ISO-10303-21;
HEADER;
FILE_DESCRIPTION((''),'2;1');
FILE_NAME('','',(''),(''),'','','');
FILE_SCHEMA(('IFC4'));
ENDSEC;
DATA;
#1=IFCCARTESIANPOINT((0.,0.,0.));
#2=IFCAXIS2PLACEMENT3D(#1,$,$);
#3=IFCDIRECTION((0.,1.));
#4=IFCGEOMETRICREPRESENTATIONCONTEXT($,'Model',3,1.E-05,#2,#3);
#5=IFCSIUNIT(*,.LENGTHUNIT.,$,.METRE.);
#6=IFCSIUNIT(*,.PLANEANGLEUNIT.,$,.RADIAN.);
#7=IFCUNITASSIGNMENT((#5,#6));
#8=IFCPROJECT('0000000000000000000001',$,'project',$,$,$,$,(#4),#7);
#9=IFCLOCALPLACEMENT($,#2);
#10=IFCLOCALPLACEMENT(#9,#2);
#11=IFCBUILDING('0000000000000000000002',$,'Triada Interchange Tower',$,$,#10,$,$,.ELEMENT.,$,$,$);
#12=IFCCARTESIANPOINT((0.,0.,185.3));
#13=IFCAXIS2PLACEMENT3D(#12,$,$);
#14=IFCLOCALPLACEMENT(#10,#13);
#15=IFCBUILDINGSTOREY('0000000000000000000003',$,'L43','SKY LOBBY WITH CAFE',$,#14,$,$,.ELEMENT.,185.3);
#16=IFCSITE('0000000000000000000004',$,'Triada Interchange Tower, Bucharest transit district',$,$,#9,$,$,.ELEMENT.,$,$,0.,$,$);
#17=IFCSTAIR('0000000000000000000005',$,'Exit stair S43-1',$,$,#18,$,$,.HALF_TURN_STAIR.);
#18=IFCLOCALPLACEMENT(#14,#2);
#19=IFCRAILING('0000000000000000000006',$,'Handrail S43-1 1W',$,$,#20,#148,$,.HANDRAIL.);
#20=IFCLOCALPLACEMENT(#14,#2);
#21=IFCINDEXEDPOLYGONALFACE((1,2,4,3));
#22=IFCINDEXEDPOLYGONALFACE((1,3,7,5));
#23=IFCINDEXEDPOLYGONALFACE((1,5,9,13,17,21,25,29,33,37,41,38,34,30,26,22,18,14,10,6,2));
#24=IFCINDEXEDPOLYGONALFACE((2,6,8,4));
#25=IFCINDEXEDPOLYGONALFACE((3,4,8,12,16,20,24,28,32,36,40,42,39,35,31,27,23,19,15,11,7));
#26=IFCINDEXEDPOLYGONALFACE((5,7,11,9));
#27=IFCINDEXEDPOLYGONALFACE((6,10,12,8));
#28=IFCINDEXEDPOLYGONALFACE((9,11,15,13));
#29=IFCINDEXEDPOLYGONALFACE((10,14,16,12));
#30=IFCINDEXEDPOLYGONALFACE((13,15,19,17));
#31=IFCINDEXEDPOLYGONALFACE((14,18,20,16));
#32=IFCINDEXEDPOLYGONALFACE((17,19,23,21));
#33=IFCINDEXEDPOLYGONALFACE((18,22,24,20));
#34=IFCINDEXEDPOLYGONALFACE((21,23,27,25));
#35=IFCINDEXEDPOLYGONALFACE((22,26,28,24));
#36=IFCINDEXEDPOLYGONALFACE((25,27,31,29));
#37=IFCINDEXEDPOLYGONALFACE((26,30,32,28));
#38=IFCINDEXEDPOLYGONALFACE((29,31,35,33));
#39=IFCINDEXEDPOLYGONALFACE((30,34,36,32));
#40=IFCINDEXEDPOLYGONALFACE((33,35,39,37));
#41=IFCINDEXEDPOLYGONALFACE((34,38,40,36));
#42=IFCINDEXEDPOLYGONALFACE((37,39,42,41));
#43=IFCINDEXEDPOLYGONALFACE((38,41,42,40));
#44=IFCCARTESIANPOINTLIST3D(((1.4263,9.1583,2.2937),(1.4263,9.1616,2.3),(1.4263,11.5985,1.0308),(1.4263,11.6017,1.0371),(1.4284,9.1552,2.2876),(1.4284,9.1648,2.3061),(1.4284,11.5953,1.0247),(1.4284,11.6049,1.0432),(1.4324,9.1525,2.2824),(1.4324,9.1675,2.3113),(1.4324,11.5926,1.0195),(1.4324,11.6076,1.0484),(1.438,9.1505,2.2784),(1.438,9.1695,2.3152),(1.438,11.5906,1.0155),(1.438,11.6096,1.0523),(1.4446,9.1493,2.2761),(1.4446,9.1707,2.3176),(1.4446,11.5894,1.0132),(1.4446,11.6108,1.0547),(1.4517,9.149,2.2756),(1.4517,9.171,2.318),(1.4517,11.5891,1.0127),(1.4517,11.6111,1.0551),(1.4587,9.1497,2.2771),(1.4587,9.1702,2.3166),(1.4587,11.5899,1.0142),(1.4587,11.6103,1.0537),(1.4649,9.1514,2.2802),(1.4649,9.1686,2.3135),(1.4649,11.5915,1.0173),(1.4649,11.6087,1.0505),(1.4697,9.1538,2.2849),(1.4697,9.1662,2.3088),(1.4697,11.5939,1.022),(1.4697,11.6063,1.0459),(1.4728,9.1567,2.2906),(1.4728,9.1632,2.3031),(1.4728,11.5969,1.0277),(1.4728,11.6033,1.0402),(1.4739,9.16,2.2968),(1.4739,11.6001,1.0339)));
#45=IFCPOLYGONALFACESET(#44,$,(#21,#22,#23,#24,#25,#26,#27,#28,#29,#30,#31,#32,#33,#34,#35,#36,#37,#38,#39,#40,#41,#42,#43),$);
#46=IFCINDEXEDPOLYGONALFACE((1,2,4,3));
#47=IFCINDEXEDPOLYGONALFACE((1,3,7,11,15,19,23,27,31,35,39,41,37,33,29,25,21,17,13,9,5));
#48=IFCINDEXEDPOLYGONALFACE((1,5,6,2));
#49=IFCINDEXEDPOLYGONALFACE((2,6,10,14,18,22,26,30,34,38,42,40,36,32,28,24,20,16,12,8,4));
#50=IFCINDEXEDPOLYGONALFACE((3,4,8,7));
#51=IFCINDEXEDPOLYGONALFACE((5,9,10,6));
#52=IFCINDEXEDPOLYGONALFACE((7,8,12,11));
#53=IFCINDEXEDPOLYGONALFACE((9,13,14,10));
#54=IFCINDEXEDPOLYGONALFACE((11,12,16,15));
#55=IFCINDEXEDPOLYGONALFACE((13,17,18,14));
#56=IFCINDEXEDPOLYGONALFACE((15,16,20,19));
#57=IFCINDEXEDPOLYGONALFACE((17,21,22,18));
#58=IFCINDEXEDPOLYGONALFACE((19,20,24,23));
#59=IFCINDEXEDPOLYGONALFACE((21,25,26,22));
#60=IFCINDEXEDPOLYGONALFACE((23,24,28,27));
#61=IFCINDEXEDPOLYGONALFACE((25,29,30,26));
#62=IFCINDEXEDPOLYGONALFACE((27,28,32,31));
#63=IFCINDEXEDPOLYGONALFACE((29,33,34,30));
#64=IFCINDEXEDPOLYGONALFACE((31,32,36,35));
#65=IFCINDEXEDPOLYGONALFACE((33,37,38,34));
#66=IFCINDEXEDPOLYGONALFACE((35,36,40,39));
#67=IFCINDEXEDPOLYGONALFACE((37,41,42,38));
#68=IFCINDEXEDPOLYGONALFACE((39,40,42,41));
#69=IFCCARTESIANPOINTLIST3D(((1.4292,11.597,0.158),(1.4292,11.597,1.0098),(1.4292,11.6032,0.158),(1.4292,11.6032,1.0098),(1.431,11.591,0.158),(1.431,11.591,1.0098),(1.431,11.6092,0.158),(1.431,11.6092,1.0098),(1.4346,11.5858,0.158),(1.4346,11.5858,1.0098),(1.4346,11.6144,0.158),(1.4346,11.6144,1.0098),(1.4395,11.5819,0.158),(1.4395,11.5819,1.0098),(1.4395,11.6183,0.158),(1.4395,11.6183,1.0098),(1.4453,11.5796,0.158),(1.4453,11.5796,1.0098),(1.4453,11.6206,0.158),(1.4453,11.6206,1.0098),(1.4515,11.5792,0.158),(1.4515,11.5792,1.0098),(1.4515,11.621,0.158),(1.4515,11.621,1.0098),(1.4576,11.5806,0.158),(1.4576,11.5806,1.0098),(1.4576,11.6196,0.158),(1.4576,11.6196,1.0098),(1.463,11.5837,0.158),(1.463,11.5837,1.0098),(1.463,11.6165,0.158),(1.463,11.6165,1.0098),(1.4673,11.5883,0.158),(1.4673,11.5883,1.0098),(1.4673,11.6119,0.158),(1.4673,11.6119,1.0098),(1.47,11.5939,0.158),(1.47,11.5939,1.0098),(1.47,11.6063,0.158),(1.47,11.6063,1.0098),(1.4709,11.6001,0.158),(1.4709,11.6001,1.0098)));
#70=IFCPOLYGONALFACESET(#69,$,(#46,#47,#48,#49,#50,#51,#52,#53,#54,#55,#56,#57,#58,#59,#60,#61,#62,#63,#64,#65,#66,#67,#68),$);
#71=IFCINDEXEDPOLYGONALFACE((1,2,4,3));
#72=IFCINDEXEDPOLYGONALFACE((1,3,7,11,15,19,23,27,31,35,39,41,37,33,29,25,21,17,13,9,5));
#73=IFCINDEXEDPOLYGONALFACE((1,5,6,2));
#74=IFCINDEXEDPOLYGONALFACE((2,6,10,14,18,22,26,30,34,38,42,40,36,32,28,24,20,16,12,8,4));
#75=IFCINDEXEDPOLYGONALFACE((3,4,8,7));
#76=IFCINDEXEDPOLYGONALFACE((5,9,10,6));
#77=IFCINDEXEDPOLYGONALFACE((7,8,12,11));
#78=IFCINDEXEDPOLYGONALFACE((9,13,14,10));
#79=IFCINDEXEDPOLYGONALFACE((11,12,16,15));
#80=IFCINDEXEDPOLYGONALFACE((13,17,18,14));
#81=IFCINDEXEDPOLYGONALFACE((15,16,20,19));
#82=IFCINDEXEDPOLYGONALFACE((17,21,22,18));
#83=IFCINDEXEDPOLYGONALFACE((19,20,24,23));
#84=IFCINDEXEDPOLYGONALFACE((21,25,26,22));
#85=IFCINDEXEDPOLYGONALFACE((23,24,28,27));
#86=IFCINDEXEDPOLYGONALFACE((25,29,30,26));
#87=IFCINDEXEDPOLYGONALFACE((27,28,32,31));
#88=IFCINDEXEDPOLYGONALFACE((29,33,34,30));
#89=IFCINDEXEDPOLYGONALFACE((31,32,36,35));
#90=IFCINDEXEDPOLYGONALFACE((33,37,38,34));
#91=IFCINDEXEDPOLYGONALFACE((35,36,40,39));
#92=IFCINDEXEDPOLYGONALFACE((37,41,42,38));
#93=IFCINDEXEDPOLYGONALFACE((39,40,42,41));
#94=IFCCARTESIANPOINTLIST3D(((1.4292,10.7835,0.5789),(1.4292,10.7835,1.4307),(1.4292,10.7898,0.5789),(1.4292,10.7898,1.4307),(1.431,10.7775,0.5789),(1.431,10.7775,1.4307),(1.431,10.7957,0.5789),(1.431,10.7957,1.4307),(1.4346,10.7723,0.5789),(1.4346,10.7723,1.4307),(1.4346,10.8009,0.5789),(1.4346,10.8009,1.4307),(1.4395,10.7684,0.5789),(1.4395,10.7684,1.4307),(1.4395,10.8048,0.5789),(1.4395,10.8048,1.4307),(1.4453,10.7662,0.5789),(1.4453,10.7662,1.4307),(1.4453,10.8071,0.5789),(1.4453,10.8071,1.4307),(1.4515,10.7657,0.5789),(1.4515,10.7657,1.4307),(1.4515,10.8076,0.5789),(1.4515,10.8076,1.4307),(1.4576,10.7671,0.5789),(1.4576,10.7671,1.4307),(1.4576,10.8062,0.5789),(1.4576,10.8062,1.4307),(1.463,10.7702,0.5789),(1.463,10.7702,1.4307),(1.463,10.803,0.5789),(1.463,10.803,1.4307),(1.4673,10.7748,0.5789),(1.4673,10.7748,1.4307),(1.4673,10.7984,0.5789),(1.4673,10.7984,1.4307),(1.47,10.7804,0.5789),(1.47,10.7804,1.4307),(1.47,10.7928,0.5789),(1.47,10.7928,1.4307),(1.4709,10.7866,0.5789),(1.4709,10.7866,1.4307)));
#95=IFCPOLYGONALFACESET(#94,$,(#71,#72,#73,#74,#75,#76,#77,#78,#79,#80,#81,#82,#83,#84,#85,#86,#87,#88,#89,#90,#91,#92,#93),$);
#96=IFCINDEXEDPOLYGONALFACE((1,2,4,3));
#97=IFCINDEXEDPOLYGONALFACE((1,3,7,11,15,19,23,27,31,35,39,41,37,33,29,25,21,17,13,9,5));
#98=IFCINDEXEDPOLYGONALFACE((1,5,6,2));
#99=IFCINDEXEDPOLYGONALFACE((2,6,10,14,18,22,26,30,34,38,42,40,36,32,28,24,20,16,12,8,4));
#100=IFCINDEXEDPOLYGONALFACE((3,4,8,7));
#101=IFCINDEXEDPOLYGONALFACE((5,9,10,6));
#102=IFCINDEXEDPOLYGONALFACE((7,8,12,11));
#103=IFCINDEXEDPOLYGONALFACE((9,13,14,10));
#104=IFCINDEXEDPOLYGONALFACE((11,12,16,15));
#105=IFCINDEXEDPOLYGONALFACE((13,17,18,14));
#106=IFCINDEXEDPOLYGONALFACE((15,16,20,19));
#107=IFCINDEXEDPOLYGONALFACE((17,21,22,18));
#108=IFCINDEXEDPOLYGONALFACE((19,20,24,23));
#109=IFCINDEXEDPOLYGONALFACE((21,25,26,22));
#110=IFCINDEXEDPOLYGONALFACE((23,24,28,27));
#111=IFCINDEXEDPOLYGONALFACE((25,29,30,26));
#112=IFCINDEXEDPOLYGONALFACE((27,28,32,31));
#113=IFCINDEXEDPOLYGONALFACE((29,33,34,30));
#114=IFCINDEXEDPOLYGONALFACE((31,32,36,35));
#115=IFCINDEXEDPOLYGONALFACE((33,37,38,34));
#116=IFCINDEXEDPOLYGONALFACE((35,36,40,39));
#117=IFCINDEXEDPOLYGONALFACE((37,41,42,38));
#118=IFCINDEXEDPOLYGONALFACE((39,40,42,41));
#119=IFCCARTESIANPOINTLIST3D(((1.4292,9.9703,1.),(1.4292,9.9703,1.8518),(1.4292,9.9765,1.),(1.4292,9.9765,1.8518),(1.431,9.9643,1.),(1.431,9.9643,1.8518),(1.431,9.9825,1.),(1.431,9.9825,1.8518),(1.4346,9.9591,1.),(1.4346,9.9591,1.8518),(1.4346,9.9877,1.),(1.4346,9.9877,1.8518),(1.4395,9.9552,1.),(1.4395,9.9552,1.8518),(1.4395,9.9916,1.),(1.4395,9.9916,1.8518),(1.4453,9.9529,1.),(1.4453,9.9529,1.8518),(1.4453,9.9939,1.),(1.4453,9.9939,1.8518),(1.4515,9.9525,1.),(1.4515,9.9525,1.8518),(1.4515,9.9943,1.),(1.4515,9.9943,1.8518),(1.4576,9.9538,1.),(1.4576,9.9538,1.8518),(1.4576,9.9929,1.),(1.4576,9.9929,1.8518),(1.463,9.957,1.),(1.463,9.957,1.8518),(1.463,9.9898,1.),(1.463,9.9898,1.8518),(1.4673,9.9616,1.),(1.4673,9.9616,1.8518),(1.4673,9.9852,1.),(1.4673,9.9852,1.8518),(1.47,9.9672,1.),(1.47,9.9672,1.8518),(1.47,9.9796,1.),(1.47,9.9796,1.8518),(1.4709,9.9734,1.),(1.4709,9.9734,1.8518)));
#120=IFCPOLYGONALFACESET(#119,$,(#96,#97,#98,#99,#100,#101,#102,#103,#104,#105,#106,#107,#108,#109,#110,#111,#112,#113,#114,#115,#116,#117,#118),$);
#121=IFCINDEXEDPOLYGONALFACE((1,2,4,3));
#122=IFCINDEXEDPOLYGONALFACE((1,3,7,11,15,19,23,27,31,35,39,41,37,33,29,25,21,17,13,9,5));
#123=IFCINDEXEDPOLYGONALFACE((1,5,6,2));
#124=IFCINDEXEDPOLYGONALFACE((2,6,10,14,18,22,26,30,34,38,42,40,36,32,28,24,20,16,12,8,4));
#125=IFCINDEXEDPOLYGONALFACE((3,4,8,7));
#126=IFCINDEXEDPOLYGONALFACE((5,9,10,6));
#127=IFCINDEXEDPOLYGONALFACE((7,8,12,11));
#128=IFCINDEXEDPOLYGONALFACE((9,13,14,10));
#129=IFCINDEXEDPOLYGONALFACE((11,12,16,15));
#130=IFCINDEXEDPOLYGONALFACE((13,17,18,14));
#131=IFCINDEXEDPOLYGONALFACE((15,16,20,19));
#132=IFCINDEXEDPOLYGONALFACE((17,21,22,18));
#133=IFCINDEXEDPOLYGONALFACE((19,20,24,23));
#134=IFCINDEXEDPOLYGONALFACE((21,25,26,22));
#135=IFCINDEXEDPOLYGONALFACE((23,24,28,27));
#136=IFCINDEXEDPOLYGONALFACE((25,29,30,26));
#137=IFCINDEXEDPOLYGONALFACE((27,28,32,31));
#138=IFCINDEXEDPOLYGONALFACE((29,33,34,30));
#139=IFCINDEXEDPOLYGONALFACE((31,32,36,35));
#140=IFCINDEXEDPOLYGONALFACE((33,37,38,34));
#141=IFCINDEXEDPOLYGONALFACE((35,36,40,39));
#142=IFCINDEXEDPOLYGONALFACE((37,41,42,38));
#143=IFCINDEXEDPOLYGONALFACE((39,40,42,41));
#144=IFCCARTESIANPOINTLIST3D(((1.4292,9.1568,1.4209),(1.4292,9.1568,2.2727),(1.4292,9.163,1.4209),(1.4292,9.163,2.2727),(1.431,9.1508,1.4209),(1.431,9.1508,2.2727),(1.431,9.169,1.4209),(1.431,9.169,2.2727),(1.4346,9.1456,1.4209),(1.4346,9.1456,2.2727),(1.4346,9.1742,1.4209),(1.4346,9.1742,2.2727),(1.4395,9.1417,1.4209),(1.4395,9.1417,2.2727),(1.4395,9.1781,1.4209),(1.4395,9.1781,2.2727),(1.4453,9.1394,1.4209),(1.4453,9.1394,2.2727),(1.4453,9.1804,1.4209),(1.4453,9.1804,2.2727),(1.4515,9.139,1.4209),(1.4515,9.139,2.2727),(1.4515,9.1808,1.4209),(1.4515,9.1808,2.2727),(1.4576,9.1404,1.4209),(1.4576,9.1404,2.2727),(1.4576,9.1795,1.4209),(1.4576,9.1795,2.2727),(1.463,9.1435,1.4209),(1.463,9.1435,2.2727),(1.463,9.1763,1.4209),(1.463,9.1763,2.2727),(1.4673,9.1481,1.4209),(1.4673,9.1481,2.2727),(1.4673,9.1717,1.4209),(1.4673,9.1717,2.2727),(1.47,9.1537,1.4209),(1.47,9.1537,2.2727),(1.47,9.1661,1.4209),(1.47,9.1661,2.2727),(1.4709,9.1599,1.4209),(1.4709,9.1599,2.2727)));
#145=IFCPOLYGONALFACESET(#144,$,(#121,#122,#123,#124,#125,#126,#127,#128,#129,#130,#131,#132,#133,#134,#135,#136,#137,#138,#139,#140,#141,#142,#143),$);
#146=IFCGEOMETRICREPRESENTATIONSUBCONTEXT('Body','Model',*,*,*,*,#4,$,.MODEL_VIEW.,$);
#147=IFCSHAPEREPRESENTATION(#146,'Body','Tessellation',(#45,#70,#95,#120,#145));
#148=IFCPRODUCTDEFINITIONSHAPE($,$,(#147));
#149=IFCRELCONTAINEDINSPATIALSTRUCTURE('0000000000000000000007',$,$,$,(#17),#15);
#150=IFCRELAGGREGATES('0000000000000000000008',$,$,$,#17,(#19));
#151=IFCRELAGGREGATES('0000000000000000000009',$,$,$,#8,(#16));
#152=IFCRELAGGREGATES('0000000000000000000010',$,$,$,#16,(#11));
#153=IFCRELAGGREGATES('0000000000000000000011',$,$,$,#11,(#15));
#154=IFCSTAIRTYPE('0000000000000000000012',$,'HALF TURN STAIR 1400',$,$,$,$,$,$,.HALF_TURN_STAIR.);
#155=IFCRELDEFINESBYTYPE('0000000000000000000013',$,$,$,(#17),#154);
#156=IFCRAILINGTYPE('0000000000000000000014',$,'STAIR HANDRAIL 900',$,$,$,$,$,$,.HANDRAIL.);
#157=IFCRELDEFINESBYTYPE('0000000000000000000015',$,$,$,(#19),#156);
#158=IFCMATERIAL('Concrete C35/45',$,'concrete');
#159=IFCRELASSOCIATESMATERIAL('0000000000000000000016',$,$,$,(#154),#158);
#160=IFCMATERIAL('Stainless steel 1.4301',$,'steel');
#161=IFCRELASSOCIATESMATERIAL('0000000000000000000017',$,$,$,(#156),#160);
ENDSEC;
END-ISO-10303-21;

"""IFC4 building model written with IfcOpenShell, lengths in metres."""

from ifc_helpers import new_model, si_unit, direction, frame, origin, origin_2d, place, context, subcontext, project, spatial, circle, extrude, material, type_object, element, aggregate, save


model = new_model("IFC4")

# Units and contexts
model_context = context("Model", 3, precision=1e-05, world=origin(), true_north=direction((0.0, 1.0)))
body_context = subcontext(model_context, "Body", "Model", "MODEL_VIEW")
ifc_project = project(units=[si_unit("LENGTHUNIT", "METRE"), si_unit("PLANEANGLEUNIT", "RADIAN")], contexts=[model_context])

# Site, building, storey
site_placement = place(None, origin())
site = spatial("IfcSite", under=ifc_project, at=site_placement, Name="Triada Interchange Tower, Bucharest transit district", CompositionType="ELEMENT", RefElevation=0.0)
building_placement = place(site_placement, origin())
building = spatial("IfcBuilding", under=site, at=building_placement, Name="Triada Interchange Tower", CompositionType="ELEMENT")
storey_placement = place(building_placement, frame((0.0, 0.0, 185.3)))
storey = spatial("IfcBuildingStorey", under=building, at=storey_placement, Name="L43", Description="SKY LOBBY WITH CAFE", CompositionType="ELEMENT", Elevation=185.3)

# Shared definitions
ifc_material_1 = material(Name="Concrete C35/45", Category="concrete")
stair_type = type_object("IfcStairType", Name="HALF TURN STAIR 1400", PredefinedType="HALF_TURN_STAIR", material=ifc_material_1)

# Stair, railing
stair_1_placement = place(storey_placement, origin())
stair_1 = element("IfcStair", 1, at=stair_1_placement, inside=storey, type_object=stair_type, Name="Exit stair S43-1", PredefinedType="HALF_TURN_STAIR")
ifc_material_2 = material(Name="Stainless steel 1.4301", Category="steel")
railing_type = type_object("IfcRailingType", Name="STAIR HANDRAIL 900", PredefinedType="HANDRAIL", material=ifc_material_2)
railing_1_placement = place(storey_placement, frame((1.45, 11.6001, 0.158)))
railing_1 = element("IfcRailing", 2, at=railing_1_placement, type_object=railing_type, Name="Handrail S43-1 1W", PredefinedType="HANDRAIL", context=body_context, shape_type="SweptSolid", body=[
    extrude(circle(Radius=0.0239, at=origin_2d()), frame((0.0, 0.0, 0.876), z_axis=(0.0, -0.888103, 0.459645), x_axis=(1.0, 0.0, 0.0)), (0.0, 0.0, 1.0), 2.7476),
    extrude(circle(Radius=0.021, at=origin_2d()), origin(), (0.0, 0.0, 1.0), 0.8518),
    extrude(circle(Radius=0.021, at=origin_2d()), frame((0.0, -0.8135, 0.4209)), (0.0, 0.0, 1.0), 0.8518),
    extrude(circle(Radius=0.021, at=origin_2d()), frame((0.0, -1.6267, 0.842)), (0.0, 0.0, 1.0), 0.8518),
    extrude(circle(Radius=0.021, at=origin_2d()), frame((0.0, -2.4402, 1.2629)), (0.0, 0.0, 1.0), 0.8518),
])
aggregate(stair_1, [railing_1])

save(model, "model.ifc")
